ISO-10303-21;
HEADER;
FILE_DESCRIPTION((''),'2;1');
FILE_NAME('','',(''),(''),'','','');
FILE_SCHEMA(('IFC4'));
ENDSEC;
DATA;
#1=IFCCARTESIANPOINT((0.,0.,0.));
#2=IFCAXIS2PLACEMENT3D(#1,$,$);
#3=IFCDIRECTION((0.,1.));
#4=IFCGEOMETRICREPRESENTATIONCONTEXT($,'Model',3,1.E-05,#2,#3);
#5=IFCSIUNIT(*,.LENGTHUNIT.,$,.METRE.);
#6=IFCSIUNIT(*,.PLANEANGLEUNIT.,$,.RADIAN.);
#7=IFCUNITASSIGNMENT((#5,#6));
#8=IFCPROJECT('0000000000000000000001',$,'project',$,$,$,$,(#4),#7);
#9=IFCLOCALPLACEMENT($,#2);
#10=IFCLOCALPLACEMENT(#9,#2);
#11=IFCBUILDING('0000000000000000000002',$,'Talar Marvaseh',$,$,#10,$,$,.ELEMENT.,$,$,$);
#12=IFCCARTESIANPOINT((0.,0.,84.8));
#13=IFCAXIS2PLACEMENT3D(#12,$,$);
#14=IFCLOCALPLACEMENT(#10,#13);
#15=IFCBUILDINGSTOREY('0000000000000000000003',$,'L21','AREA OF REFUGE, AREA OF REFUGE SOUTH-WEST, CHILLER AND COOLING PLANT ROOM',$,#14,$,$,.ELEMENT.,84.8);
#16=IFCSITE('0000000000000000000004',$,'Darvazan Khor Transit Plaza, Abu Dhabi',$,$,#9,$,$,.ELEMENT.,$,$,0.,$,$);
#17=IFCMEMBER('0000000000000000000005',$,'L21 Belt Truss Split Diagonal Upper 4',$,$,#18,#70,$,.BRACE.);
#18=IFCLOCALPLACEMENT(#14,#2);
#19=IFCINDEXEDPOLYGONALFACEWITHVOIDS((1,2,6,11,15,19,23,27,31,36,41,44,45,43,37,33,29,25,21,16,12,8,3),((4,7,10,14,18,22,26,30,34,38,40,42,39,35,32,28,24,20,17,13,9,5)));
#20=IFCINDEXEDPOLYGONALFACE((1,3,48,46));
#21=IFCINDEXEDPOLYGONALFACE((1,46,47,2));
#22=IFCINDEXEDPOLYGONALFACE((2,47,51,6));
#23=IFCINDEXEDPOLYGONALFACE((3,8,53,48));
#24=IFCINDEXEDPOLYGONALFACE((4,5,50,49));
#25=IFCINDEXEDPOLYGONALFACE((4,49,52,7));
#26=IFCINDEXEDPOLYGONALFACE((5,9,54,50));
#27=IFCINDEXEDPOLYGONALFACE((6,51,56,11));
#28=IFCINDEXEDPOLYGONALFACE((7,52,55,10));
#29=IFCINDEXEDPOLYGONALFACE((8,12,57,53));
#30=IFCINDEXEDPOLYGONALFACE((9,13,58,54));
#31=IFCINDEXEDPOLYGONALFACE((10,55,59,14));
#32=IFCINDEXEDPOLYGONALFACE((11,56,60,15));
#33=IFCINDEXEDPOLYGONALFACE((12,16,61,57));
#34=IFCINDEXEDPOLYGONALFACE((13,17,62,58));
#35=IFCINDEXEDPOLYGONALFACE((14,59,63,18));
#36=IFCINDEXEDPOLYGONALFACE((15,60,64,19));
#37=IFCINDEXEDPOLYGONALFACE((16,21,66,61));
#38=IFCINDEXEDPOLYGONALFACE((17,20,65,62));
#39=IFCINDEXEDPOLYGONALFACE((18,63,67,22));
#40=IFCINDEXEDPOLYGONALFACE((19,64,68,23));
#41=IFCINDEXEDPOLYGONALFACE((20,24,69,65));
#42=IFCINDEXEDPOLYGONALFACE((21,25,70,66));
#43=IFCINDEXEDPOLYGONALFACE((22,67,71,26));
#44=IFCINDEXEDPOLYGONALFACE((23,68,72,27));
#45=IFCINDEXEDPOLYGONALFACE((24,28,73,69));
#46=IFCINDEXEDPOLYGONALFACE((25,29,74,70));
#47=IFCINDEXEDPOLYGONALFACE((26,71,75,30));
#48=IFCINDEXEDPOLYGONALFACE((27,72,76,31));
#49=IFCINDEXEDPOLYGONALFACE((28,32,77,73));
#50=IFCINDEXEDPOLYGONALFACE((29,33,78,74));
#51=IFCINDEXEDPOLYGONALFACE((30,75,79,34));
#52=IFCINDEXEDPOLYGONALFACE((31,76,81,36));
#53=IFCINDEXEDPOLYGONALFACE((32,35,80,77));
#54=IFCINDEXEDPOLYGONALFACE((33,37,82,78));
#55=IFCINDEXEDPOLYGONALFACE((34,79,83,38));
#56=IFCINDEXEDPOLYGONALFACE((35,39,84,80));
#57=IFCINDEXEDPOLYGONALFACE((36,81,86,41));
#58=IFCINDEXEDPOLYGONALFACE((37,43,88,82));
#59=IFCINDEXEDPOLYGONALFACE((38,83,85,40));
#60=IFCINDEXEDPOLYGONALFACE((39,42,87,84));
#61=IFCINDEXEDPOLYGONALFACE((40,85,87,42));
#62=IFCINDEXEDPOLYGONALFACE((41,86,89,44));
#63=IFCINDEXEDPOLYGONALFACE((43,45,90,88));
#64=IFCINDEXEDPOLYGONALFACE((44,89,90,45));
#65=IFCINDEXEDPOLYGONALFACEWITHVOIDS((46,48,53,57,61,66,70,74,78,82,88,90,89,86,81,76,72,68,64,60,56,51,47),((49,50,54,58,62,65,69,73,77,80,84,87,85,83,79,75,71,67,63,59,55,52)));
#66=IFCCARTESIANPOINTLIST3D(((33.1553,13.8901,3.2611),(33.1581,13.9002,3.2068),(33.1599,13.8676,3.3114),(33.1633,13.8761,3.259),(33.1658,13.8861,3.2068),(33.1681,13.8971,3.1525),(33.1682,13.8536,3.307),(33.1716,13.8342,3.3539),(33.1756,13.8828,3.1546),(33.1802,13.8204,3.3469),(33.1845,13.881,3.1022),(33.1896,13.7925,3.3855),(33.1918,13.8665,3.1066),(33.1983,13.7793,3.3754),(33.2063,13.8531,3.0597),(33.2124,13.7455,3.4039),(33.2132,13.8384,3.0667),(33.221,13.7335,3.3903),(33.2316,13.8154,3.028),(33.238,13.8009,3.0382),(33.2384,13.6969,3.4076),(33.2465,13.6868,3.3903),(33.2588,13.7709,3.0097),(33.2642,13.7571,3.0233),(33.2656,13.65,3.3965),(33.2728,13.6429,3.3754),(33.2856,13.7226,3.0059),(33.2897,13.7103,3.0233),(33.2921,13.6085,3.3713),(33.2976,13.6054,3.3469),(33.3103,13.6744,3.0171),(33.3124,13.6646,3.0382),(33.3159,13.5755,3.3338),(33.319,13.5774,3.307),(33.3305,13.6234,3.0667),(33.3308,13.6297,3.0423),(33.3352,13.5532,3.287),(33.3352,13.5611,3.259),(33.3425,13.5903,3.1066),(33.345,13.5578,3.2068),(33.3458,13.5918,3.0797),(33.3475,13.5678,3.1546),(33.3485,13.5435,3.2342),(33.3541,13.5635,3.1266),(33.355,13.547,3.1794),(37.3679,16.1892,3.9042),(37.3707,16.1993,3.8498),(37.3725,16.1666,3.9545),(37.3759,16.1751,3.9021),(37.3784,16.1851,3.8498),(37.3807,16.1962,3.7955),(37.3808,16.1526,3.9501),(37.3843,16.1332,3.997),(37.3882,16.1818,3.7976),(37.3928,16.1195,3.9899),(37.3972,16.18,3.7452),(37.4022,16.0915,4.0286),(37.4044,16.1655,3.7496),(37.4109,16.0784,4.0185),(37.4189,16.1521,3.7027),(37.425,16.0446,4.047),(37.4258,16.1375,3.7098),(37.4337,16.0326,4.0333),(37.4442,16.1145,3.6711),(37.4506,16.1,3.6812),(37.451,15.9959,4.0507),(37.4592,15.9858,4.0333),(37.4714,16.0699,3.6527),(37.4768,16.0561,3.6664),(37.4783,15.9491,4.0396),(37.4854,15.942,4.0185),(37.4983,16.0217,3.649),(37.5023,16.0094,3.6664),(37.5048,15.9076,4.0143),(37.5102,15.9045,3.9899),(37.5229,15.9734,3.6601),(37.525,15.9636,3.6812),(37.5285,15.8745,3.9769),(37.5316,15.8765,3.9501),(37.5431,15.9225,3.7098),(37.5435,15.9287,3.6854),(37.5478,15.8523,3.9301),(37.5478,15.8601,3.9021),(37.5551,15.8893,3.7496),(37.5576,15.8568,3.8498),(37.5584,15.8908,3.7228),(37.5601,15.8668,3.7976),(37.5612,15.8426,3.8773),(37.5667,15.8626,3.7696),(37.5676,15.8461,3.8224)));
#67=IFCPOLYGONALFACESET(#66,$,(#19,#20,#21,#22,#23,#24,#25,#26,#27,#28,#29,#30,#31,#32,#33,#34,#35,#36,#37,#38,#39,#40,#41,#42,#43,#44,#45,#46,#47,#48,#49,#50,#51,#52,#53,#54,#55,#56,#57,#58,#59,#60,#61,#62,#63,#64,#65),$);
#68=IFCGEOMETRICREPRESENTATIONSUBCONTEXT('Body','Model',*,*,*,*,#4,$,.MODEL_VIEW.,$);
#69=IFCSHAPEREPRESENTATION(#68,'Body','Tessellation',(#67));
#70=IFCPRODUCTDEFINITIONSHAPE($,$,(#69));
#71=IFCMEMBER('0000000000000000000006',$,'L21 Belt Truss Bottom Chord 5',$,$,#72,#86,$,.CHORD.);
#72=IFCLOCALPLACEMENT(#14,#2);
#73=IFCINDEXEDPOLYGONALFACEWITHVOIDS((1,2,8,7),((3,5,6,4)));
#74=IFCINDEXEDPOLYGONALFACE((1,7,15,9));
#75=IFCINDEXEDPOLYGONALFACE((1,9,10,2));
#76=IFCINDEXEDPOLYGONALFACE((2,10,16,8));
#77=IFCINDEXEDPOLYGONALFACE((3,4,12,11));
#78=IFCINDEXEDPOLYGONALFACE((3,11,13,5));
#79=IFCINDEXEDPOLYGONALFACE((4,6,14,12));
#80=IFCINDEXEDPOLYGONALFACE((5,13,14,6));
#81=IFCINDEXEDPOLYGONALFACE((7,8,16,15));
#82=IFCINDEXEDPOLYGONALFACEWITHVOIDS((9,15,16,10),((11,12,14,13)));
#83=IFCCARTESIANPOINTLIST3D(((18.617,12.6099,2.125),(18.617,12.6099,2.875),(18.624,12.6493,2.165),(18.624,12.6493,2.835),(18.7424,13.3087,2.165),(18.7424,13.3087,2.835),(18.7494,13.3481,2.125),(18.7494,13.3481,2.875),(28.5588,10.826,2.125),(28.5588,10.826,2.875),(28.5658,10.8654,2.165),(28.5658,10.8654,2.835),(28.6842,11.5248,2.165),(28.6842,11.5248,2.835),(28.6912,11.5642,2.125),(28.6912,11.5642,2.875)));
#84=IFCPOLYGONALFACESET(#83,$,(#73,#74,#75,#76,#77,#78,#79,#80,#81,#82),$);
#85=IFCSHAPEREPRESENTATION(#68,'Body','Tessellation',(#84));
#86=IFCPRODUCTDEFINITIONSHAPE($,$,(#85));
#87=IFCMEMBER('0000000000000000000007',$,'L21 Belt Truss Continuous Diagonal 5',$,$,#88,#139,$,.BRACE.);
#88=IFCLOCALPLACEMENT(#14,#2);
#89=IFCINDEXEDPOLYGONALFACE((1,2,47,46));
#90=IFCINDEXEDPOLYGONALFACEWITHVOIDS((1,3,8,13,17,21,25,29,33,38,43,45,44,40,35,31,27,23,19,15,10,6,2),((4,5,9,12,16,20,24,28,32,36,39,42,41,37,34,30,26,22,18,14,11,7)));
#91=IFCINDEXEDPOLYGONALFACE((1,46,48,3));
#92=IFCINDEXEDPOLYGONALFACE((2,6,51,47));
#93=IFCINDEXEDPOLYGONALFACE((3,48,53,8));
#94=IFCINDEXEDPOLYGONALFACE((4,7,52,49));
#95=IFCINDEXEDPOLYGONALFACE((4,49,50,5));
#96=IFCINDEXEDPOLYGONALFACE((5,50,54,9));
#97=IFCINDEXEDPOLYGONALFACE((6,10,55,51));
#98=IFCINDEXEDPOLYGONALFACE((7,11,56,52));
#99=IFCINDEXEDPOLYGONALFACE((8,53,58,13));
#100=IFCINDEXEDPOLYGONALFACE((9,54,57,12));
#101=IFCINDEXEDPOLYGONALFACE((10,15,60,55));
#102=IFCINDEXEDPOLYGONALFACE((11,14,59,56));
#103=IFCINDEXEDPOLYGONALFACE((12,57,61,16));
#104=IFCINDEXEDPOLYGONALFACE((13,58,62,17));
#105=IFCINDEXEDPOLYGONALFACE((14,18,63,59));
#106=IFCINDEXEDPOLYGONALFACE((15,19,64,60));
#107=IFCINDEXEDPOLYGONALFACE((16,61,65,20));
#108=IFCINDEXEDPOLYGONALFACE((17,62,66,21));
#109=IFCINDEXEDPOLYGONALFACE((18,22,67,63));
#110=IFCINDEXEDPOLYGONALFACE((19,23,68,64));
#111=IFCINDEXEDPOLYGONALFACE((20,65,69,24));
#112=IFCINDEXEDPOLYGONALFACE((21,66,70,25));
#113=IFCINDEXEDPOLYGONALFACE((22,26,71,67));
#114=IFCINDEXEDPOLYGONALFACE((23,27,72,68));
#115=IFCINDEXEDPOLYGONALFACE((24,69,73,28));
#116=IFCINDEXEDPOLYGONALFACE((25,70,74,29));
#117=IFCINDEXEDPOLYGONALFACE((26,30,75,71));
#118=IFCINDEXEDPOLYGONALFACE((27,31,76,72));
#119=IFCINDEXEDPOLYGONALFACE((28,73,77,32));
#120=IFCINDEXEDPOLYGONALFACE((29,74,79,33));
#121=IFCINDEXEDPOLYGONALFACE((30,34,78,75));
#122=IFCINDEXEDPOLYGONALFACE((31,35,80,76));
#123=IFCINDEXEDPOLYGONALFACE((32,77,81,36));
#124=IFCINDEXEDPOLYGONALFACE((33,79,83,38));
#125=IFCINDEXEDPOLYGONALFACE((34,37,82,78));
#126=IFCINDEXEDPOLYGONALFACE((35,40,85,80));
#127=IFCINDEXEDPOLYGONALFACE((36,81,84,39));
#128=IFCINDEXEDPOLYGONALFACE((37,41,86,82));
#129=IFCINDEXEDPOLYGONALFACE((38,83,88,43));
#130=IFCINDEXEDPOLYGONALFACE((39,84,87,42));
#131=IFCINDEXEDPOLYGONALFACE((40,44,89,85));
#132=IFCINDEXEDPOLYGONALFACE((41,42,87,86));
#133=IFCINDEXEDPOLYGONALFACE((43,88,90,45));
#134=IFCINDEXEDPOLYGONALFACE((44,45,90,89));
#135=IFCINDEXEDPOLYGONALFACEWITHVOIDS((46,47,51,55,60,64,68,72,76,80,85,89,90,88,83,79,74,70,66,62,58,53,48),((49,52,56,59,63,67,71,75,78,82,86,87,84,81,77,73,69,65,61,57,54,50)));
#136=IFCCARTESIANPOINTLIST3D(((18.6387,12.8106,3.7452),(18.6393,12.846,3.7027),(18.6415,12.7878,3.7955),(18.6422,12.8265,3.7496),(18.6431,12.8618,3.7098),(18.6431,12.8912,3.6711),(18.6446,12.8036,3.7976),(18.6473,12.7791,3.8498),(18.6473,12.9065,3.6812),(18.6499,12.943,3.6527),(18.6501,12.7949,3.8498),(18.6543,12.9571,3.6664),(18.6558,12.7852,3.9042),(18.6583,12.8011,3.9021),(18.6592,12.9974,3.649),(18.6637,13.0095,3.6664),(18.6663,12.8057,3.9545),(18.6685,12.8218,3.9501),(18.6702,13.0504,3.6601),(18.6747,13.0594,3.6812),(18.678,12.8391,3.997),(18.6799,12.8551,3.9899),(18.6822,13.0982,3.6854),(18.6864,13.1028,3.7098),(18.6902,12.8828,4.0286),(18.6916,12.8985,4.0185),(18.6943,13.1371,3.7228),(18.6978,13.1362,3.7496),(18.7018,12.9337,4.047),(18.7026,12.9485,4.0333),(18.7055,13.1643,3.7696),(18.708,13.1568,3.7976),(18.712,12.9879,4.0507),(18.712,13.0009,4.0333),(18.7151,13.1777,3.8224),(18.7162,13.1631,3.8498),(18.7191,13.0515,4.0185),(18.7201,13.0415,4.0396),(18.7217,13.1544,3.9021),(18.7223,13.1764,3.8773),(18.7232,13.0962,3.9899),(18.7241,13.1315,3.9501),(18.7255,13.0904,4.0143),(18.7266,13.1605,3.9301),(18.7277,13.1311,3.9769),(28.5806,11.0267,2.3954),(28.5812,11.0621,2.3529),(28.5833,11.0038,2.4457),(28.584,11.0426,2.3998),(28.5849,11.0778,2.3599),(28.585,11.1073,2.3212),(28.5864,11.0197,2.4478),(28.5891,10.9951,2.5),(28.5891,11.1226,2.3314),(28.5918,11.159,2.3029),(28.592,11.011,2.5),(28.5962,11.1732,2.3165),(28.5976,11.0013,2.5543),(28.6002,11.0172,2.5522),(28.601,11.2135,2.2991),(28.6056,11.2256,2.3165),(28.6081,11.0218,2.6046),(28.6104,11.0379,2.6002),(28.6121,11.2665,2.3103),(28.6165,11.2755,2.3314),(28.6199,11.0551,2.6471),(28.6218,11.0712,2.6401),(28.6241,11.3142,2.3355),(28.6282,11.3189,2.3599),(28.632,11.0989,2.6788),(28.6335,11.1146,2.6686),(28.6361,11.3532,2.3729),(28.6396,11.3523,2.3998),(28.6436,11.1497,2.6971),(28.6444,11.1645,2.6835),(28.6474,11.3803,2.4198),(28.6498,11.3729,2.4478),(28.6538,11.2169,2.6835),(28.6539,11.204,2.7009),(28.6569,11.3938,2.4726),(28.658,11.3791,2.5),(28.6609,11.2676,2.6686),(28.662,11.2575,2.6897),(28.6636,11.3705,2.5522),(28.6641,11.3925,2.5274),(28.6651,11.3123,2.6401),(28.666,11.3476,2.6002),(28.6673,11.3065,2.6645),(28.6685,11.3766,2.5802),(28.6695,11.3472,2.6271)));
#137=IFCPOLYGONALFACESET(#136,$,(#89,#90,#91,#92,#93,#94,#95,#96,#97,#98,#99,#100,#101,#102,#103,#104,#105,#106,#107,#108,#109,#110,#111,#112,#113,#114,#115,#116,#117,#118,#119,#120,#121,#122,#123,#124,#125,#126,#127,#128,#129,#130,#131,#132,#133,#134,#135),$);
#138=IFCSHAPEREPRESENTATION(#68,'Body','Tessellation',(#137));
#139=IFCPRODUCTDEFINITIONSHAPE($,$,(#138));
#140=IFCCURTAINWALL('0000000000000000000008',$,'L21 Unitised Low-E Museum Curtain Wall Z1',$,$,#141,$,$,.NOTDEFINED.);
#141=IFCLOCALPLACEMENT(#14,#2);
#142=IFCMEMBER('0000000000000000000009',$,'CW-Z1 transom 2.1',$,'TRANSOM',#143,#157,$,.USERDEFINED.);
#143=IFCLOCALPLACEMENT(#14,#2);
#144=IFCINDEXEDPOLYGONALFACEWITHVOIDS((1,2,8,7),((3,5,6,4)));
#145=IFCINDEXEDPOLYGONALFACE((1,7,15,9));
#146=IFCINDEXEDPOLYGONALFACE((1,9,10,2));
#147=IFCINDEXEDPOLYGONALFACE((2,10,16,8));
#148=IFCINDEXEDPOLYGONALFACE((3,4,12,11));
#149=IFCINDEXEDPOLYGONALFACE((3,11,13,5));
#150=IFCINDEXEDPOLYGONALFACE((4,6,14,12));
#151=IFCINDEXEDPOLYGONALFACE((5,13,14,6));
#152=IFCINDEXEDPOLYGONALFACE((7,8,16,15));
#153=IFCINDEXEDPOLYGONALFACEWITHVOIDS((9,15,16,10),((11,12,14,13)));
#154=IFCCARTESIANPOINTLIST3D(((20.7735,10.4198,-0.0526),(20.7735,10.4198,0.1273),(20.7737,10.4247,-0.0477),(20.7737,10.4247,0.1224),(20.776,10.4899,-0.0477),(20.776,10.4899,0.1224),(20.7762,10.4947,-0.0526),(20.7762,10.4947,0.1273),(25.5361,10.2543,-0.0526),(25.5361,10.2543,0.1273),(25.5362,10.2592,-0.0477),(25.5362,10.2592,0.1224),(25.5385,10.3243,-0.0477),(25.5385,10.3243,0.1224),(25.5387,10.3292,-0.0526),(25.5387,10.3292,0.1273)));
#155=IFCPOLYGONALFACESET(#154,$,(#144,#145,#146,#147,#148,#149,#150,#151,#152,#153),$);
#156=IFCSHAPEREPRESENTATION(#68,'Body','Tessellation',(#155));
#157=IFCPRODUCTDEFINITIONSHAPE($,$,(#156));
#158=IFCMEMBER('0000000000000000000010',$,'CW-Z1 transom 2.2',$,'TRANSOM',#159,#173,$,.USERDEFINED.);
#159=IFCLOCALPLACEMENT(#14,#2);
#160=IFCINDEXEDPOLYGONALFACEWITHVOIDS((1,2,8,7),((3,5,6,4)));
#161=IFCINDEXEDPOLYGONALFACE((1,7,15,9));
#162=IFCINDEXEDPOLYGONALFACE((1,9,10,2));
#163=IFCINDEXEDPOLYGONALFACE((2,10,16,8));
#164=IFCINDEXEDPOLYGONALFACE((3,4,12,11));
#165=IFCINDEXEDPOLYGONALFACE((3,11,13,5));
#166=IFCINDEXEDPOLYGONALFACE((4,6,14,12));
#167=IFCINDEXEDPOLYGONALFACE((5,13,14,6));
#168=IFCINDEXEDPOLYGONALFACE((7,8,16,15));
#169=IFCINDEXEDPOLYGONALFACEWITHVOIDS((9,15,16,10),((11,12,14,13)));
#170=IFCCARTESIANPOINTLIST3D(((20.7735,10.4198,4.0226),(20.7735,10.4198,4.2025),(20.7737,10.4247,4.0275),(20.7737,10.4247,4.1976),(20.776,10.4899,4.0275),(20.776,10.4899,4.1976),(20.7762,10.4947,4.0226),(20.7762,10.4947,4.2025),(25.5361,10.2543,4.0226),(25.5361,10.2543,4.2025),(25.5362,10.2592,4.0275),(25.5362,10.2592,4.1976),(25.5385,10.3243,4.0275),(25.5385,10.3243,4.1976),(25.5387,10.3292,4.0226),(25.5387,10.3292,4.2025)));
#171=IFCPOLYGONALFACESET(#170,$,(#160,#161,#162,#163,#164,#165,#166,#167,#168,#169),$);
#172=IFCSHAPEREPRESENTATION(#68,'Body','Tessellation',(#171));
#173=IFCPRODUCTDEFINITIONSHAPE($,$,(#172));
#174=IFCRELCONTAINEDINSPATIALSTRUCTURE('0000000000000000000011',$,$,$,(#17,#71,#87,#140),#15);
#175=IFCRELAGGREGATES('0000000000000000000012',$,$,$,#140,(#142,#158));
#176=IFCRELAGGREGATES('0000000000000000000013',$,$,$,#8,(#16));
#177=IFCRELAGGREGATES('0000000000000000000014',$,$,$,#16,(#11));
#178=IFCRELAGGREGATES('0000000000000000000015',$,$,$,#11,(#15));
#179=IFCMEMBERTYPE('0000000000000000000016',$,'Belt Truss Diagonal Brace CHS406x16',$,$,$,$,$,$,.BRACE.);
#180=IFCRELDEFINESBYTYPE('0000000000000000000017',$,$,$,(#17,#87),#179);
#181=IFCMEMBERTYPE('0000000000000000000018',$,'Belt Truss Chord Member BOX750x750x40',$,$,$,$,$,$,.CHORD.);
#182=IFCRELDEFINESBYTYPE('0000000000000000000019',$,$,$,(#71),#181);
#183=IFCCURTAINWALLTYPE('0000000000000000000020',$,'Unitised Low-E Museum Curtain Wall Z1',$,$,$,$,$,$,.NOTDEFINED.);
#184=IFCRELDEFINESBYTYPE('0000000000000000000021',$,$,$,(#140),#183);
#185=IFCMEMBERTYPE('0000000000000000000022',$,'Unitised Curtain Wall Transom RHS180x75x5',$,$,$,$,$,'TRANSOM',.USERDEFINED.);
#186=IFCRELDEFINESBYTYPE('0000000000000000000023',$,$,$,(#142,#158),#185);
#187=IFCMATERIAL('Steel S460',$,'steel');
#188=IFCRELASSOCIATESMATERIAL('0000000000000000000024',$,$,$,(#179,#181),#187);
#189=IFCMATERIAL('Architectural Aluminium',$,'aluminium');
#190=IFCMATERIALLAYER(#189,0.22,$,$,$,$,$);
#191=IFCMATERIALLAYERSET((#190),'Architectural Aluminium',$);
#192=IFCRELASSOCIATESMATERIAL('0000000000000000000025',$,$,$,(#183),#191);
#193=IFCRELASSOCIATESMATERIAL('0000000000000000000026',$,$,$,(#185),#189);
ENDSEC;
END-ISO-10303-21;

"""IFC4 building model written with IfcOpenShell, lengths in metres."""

from ifc_helpers import new_model, si_unit, direction, frame, origin, origin_2d, place, context, subcontext, project, spatial, hollow_rectangle, hollow_circle, extrude, source, transform, mapped, material, layer, layer_set, material_profile, profile_set, type_object, type_shapes, element, aggregate, save


model = new_model("IFC4")

# Units and contexts
model_context = context("Model", 3, precision=1e-05, world=origin(), true_north=direction((0.0, 1.0)))
body_context = subcontext(model_context, "Body", "Model", "MODEL_VIEW")
ifc_project = project(units=[si_unit("LENGTHUNIT", "METRE"), si_unit("PLANEANGLEUNIT", "RADIAN")], contexts=[model_context])

# Site, building, storey
site_placement = place(None, origin())
site = spatial("IfcSite", under=ifc_project, at=site_placement, Name="Darvazan Khor Transit Plaza, Abu Dhabi", CompositionType="ELEMENT", RefElevation=0.0)
building_placement = place(site_placement, origin())
building = spatial("IfcBuilding", under=site, at=building_placement, Name="Talar Marvaseh", CompositionType="ELEMENT")
storey_placement = place(building_placement, frame((0.0, 0.0, 84.8)))
storey = spatial("IfcBuildingStorey", under=building, at=storey_placement, Name="L21", Description="AREA OF REFUGE, AREA OF REFUGE SOUTH-WEST, CHILLER AND COOLING PLANT ROOM", CompositionType="ELEMENT", Elevation=84.8)

# Shared definitions
ifc_material_1 = material(Name="Steel S460", Category="steel")

# Members
ifc_material_profile_1 = material_profile(ifc_material_1, hollow_circle(Radius=0.2031, WallThickness=0.0161, at=origin_2d()), Name="CHS406x16")
ifc_profile_set_1 = profile_set([ifc_material_profile_1], Name="Steel S460")
member_type_1 = type_object("IfcMemberType", Name="Belt Truss Diagonal Brace CHS406x16", PredefinedType="BRACE", material=ifc_profile_set_1)
shared_shape_1 = source(origin(), body_context, "Body", "SweptSolid", [
    extrude(hollow_circle(Radius=0.2031, WallThickness=0.0161, at=origin_2d()), origin(), (0.0, 0.0, 1.0), 4.842),
])
for number, where, z_axis, x_axis, name in (
    (1, (33.2554, 13.7219, 3.2068), (0.870009, 0.474812, 0.132808), (-0.479055, 0.877785, 0.0), "L21 Belt Truss Split Diagonal Upper 4"),
):
    element("IfcMember", number, at=place(storey_placement, frame(where, z_axis=z_axis, x_axis=x_axis)), inside=storey, type_object=member_type_1, Name=name, PredefinedType="BRACE", context=body_context, shape_type="MappedRepresentation", body=[
        mapped(shared_shape_1, transform((0.0, 0.0, 0.0), x_axis=(1.0, 0.0, 0.0), y_axis=(0.0, 1.0, 0.0), z_axis=(0.0, 0.0, 1.0), scale=1.0)),
    ])
ifc_material_profile_2 = material_profile(ifc_material_1, hollow_rectangle(XDim=0.75, YDim=0.75, WallThickness=0.04, at=origin_2d()), Name="BOX750x750x40")
ifc_profile_set_2 = profile_set([ifc_material_profile_2], Name="Steel S460")
member_type_2 = type_object("IfcMemberType", Name="Belt Truss Chord Member BOX750x750x40", PredefinedType="CHORD", material=ifc_profile_set_2)
shared_shape_2 = source(origin(), body_context, "Body", "SweptSolid", [
    extrude(hollow_rectangle(XDim=0.75, YDim=0.75, WallThickness=0.04, at=origin_2d()), origin(), (0.0, 0.0, 1.0), 10.1006),
])
type_shapes(member_type_2, [shared_shape_2])
member_1_placement = place(storey_placement, frame((28.625, 11.1951, 2.5), z_axis=(-0.98428, 0.176615, 0.0), x_axis=(-0.176615, -0.98428, 0.0)))
element("IfcMember", 2, at=member_1_placement, inside=storey, type_object=member_type_2, Name="L21 Belt Truss Bottom Chord 5", PredefinedType="CHORD", context=body_context, shape_type="MappedRepresentation", body=[
    mapped(shared_shape_2, transform((0.0, 0.0, 0.0), x_axis=(1.0, 0.0, 0.0), y_axis=(0.0, 1.0, 0.0), z_axis=(0.0, 0.0, 1.0), scale=1.0)),
])
shared_shape_3 = source(origin(), body_context, "Body", "SweptSolid", [
    extrude(hollow_circle(Radius=0.2031, WallThickness=0.0161, at=origin_2d()), origin(), (0.0, 0.0, 1.0), 10.1904),
])
type_shapes(member_type_1, [shared_shape_1, shared_shape_3])
member_2_placement = place(storey_placement, frame((28.625, 11.1951, 2.5), z_axis=(-0.975607, 0.175059, 0.132462), x_axis=(-0.176615, -0.98428, 0.0)))
element("IfcMember", 3, at=member_2_placement, inside=storey, type_object=member_type_1, Name="L21 Belt Truss Continuous Diagonal 5", PredefinedType="BRACE", context=body_context, shape_type="MappedRepresentation", body=[
    mapped(shared_shape_3, transform((0.0, 0.0, 0.0), x_axis=(1.0, 0.0, 0.0), y_axis=(0.0, 1.0, 0.0), z_axis=(0.0, 0.0, 1.0), scale=1.0)),
])

# Curtain wall, members
ifc_material_2 = material(Name="Architectural Aluminium", Category="aluminium")
ifc_layer_1 = layer(ifc_material_2, 0.22)
ifc_layer_set_1 = layer_set([ifc_layer_1], Name="Architectural Aluminium")
curtain_wall_type = type_object("IfcCurtainWallType", Name="Unitised Low-E Museum Curtain Wall Z1", PredefinedType="NOTDEFINED", material=ifc_layer_set_1)
curtain_wall_1_placement = place(storey_placement, origin())
curtain_wall_1 = element("IfcCurtainWall", 4, at=curtain_wall_1_placement, inside=storey, type_object=curtain_wall_type, Name="L21 Unitised Low-E Museum Curtain Wall Z1", PredefinedType="NOTDEFINED")
ifc_material_profile_3 = material_profile(ifc_material_2, hollow_rectangle(XDim=0.075, YDim=0.1799, WallThickness=0.0049, at=origin_2d()), Name="RHS180x75x5")
ifc_profile_set_3 = profile_set([ifc_material_profile_3], Name="Architectural Aluminium")
member_type_3 = type_object("IfcMemberType", Name="Unitised Curtain Wall Transom RHS180x75x5", ElementType="TRANSOM", PredefinedType="USERDEFINED", material=ifc_profile_set_3)
shared_shape_4 = source(origin(), body_context, "Body", "SweptSolid", [
    extrude(hollow_rectangle(XDim=0.075, YDim=0.1799, WallThickness=0.0049, at=origin_2d()), origin(), (0.0, 0.0, 1.0), 4.7654),
])
member_3_placement = place(storey_placement, frame((25.5374, 10.2917, 0.0374), z_axis=(-0.999397, 0.034736, 0.0), x_axis=(-0.034736, -0.999397, 0.0)))
member_3 = element("IfcMember", 5, at=member_3_placement, type_object=member_type_3, Name="CW-Z1 transom 2.1", ObjectType="TRANSOM", PredefinedType="USERDEFINED", context=body_context, shape_type="MappedRepresentation", body=[
    mapped(shared_shape_4, transform((0.0, 0.0, 0.0), x_axis=(1.0, 0.0, 0.0), y_axis=(0.0, 1.0, 0.0), z_axis=(0.0, 0.0, 1.0), scale=1.0)),
])
member_4_placement = place(storey_placement, frame((25.5374, 10.2917, 4.1125), z_axis=(-0.999397, 0.034736, 0.0), x_axis=(-0.034736, -0.999397, 0.0)))
member_4 = element("IfcMember", 6, at=member_4_placement, type_object=member_type_3, Name="CW-Z1 transom 2.2", ObjectType="TRANSOM", PredefinedType="USERDEFINED", context=body_context, shape_type="MappedRepresentation", body=[
    mapped(shared_shape_4, transform((0.0, 0.0, 0.0), x_axis=(1.0, 0.0, 0.0), y_axis=(0.0, 1.0, 0.0), z_axis=(0.0, 0.0, 1.0), scale=1.0)),
])

aggregate(curtain_wall_1, [member_3, member_4])

save(model, "model.ifc")
